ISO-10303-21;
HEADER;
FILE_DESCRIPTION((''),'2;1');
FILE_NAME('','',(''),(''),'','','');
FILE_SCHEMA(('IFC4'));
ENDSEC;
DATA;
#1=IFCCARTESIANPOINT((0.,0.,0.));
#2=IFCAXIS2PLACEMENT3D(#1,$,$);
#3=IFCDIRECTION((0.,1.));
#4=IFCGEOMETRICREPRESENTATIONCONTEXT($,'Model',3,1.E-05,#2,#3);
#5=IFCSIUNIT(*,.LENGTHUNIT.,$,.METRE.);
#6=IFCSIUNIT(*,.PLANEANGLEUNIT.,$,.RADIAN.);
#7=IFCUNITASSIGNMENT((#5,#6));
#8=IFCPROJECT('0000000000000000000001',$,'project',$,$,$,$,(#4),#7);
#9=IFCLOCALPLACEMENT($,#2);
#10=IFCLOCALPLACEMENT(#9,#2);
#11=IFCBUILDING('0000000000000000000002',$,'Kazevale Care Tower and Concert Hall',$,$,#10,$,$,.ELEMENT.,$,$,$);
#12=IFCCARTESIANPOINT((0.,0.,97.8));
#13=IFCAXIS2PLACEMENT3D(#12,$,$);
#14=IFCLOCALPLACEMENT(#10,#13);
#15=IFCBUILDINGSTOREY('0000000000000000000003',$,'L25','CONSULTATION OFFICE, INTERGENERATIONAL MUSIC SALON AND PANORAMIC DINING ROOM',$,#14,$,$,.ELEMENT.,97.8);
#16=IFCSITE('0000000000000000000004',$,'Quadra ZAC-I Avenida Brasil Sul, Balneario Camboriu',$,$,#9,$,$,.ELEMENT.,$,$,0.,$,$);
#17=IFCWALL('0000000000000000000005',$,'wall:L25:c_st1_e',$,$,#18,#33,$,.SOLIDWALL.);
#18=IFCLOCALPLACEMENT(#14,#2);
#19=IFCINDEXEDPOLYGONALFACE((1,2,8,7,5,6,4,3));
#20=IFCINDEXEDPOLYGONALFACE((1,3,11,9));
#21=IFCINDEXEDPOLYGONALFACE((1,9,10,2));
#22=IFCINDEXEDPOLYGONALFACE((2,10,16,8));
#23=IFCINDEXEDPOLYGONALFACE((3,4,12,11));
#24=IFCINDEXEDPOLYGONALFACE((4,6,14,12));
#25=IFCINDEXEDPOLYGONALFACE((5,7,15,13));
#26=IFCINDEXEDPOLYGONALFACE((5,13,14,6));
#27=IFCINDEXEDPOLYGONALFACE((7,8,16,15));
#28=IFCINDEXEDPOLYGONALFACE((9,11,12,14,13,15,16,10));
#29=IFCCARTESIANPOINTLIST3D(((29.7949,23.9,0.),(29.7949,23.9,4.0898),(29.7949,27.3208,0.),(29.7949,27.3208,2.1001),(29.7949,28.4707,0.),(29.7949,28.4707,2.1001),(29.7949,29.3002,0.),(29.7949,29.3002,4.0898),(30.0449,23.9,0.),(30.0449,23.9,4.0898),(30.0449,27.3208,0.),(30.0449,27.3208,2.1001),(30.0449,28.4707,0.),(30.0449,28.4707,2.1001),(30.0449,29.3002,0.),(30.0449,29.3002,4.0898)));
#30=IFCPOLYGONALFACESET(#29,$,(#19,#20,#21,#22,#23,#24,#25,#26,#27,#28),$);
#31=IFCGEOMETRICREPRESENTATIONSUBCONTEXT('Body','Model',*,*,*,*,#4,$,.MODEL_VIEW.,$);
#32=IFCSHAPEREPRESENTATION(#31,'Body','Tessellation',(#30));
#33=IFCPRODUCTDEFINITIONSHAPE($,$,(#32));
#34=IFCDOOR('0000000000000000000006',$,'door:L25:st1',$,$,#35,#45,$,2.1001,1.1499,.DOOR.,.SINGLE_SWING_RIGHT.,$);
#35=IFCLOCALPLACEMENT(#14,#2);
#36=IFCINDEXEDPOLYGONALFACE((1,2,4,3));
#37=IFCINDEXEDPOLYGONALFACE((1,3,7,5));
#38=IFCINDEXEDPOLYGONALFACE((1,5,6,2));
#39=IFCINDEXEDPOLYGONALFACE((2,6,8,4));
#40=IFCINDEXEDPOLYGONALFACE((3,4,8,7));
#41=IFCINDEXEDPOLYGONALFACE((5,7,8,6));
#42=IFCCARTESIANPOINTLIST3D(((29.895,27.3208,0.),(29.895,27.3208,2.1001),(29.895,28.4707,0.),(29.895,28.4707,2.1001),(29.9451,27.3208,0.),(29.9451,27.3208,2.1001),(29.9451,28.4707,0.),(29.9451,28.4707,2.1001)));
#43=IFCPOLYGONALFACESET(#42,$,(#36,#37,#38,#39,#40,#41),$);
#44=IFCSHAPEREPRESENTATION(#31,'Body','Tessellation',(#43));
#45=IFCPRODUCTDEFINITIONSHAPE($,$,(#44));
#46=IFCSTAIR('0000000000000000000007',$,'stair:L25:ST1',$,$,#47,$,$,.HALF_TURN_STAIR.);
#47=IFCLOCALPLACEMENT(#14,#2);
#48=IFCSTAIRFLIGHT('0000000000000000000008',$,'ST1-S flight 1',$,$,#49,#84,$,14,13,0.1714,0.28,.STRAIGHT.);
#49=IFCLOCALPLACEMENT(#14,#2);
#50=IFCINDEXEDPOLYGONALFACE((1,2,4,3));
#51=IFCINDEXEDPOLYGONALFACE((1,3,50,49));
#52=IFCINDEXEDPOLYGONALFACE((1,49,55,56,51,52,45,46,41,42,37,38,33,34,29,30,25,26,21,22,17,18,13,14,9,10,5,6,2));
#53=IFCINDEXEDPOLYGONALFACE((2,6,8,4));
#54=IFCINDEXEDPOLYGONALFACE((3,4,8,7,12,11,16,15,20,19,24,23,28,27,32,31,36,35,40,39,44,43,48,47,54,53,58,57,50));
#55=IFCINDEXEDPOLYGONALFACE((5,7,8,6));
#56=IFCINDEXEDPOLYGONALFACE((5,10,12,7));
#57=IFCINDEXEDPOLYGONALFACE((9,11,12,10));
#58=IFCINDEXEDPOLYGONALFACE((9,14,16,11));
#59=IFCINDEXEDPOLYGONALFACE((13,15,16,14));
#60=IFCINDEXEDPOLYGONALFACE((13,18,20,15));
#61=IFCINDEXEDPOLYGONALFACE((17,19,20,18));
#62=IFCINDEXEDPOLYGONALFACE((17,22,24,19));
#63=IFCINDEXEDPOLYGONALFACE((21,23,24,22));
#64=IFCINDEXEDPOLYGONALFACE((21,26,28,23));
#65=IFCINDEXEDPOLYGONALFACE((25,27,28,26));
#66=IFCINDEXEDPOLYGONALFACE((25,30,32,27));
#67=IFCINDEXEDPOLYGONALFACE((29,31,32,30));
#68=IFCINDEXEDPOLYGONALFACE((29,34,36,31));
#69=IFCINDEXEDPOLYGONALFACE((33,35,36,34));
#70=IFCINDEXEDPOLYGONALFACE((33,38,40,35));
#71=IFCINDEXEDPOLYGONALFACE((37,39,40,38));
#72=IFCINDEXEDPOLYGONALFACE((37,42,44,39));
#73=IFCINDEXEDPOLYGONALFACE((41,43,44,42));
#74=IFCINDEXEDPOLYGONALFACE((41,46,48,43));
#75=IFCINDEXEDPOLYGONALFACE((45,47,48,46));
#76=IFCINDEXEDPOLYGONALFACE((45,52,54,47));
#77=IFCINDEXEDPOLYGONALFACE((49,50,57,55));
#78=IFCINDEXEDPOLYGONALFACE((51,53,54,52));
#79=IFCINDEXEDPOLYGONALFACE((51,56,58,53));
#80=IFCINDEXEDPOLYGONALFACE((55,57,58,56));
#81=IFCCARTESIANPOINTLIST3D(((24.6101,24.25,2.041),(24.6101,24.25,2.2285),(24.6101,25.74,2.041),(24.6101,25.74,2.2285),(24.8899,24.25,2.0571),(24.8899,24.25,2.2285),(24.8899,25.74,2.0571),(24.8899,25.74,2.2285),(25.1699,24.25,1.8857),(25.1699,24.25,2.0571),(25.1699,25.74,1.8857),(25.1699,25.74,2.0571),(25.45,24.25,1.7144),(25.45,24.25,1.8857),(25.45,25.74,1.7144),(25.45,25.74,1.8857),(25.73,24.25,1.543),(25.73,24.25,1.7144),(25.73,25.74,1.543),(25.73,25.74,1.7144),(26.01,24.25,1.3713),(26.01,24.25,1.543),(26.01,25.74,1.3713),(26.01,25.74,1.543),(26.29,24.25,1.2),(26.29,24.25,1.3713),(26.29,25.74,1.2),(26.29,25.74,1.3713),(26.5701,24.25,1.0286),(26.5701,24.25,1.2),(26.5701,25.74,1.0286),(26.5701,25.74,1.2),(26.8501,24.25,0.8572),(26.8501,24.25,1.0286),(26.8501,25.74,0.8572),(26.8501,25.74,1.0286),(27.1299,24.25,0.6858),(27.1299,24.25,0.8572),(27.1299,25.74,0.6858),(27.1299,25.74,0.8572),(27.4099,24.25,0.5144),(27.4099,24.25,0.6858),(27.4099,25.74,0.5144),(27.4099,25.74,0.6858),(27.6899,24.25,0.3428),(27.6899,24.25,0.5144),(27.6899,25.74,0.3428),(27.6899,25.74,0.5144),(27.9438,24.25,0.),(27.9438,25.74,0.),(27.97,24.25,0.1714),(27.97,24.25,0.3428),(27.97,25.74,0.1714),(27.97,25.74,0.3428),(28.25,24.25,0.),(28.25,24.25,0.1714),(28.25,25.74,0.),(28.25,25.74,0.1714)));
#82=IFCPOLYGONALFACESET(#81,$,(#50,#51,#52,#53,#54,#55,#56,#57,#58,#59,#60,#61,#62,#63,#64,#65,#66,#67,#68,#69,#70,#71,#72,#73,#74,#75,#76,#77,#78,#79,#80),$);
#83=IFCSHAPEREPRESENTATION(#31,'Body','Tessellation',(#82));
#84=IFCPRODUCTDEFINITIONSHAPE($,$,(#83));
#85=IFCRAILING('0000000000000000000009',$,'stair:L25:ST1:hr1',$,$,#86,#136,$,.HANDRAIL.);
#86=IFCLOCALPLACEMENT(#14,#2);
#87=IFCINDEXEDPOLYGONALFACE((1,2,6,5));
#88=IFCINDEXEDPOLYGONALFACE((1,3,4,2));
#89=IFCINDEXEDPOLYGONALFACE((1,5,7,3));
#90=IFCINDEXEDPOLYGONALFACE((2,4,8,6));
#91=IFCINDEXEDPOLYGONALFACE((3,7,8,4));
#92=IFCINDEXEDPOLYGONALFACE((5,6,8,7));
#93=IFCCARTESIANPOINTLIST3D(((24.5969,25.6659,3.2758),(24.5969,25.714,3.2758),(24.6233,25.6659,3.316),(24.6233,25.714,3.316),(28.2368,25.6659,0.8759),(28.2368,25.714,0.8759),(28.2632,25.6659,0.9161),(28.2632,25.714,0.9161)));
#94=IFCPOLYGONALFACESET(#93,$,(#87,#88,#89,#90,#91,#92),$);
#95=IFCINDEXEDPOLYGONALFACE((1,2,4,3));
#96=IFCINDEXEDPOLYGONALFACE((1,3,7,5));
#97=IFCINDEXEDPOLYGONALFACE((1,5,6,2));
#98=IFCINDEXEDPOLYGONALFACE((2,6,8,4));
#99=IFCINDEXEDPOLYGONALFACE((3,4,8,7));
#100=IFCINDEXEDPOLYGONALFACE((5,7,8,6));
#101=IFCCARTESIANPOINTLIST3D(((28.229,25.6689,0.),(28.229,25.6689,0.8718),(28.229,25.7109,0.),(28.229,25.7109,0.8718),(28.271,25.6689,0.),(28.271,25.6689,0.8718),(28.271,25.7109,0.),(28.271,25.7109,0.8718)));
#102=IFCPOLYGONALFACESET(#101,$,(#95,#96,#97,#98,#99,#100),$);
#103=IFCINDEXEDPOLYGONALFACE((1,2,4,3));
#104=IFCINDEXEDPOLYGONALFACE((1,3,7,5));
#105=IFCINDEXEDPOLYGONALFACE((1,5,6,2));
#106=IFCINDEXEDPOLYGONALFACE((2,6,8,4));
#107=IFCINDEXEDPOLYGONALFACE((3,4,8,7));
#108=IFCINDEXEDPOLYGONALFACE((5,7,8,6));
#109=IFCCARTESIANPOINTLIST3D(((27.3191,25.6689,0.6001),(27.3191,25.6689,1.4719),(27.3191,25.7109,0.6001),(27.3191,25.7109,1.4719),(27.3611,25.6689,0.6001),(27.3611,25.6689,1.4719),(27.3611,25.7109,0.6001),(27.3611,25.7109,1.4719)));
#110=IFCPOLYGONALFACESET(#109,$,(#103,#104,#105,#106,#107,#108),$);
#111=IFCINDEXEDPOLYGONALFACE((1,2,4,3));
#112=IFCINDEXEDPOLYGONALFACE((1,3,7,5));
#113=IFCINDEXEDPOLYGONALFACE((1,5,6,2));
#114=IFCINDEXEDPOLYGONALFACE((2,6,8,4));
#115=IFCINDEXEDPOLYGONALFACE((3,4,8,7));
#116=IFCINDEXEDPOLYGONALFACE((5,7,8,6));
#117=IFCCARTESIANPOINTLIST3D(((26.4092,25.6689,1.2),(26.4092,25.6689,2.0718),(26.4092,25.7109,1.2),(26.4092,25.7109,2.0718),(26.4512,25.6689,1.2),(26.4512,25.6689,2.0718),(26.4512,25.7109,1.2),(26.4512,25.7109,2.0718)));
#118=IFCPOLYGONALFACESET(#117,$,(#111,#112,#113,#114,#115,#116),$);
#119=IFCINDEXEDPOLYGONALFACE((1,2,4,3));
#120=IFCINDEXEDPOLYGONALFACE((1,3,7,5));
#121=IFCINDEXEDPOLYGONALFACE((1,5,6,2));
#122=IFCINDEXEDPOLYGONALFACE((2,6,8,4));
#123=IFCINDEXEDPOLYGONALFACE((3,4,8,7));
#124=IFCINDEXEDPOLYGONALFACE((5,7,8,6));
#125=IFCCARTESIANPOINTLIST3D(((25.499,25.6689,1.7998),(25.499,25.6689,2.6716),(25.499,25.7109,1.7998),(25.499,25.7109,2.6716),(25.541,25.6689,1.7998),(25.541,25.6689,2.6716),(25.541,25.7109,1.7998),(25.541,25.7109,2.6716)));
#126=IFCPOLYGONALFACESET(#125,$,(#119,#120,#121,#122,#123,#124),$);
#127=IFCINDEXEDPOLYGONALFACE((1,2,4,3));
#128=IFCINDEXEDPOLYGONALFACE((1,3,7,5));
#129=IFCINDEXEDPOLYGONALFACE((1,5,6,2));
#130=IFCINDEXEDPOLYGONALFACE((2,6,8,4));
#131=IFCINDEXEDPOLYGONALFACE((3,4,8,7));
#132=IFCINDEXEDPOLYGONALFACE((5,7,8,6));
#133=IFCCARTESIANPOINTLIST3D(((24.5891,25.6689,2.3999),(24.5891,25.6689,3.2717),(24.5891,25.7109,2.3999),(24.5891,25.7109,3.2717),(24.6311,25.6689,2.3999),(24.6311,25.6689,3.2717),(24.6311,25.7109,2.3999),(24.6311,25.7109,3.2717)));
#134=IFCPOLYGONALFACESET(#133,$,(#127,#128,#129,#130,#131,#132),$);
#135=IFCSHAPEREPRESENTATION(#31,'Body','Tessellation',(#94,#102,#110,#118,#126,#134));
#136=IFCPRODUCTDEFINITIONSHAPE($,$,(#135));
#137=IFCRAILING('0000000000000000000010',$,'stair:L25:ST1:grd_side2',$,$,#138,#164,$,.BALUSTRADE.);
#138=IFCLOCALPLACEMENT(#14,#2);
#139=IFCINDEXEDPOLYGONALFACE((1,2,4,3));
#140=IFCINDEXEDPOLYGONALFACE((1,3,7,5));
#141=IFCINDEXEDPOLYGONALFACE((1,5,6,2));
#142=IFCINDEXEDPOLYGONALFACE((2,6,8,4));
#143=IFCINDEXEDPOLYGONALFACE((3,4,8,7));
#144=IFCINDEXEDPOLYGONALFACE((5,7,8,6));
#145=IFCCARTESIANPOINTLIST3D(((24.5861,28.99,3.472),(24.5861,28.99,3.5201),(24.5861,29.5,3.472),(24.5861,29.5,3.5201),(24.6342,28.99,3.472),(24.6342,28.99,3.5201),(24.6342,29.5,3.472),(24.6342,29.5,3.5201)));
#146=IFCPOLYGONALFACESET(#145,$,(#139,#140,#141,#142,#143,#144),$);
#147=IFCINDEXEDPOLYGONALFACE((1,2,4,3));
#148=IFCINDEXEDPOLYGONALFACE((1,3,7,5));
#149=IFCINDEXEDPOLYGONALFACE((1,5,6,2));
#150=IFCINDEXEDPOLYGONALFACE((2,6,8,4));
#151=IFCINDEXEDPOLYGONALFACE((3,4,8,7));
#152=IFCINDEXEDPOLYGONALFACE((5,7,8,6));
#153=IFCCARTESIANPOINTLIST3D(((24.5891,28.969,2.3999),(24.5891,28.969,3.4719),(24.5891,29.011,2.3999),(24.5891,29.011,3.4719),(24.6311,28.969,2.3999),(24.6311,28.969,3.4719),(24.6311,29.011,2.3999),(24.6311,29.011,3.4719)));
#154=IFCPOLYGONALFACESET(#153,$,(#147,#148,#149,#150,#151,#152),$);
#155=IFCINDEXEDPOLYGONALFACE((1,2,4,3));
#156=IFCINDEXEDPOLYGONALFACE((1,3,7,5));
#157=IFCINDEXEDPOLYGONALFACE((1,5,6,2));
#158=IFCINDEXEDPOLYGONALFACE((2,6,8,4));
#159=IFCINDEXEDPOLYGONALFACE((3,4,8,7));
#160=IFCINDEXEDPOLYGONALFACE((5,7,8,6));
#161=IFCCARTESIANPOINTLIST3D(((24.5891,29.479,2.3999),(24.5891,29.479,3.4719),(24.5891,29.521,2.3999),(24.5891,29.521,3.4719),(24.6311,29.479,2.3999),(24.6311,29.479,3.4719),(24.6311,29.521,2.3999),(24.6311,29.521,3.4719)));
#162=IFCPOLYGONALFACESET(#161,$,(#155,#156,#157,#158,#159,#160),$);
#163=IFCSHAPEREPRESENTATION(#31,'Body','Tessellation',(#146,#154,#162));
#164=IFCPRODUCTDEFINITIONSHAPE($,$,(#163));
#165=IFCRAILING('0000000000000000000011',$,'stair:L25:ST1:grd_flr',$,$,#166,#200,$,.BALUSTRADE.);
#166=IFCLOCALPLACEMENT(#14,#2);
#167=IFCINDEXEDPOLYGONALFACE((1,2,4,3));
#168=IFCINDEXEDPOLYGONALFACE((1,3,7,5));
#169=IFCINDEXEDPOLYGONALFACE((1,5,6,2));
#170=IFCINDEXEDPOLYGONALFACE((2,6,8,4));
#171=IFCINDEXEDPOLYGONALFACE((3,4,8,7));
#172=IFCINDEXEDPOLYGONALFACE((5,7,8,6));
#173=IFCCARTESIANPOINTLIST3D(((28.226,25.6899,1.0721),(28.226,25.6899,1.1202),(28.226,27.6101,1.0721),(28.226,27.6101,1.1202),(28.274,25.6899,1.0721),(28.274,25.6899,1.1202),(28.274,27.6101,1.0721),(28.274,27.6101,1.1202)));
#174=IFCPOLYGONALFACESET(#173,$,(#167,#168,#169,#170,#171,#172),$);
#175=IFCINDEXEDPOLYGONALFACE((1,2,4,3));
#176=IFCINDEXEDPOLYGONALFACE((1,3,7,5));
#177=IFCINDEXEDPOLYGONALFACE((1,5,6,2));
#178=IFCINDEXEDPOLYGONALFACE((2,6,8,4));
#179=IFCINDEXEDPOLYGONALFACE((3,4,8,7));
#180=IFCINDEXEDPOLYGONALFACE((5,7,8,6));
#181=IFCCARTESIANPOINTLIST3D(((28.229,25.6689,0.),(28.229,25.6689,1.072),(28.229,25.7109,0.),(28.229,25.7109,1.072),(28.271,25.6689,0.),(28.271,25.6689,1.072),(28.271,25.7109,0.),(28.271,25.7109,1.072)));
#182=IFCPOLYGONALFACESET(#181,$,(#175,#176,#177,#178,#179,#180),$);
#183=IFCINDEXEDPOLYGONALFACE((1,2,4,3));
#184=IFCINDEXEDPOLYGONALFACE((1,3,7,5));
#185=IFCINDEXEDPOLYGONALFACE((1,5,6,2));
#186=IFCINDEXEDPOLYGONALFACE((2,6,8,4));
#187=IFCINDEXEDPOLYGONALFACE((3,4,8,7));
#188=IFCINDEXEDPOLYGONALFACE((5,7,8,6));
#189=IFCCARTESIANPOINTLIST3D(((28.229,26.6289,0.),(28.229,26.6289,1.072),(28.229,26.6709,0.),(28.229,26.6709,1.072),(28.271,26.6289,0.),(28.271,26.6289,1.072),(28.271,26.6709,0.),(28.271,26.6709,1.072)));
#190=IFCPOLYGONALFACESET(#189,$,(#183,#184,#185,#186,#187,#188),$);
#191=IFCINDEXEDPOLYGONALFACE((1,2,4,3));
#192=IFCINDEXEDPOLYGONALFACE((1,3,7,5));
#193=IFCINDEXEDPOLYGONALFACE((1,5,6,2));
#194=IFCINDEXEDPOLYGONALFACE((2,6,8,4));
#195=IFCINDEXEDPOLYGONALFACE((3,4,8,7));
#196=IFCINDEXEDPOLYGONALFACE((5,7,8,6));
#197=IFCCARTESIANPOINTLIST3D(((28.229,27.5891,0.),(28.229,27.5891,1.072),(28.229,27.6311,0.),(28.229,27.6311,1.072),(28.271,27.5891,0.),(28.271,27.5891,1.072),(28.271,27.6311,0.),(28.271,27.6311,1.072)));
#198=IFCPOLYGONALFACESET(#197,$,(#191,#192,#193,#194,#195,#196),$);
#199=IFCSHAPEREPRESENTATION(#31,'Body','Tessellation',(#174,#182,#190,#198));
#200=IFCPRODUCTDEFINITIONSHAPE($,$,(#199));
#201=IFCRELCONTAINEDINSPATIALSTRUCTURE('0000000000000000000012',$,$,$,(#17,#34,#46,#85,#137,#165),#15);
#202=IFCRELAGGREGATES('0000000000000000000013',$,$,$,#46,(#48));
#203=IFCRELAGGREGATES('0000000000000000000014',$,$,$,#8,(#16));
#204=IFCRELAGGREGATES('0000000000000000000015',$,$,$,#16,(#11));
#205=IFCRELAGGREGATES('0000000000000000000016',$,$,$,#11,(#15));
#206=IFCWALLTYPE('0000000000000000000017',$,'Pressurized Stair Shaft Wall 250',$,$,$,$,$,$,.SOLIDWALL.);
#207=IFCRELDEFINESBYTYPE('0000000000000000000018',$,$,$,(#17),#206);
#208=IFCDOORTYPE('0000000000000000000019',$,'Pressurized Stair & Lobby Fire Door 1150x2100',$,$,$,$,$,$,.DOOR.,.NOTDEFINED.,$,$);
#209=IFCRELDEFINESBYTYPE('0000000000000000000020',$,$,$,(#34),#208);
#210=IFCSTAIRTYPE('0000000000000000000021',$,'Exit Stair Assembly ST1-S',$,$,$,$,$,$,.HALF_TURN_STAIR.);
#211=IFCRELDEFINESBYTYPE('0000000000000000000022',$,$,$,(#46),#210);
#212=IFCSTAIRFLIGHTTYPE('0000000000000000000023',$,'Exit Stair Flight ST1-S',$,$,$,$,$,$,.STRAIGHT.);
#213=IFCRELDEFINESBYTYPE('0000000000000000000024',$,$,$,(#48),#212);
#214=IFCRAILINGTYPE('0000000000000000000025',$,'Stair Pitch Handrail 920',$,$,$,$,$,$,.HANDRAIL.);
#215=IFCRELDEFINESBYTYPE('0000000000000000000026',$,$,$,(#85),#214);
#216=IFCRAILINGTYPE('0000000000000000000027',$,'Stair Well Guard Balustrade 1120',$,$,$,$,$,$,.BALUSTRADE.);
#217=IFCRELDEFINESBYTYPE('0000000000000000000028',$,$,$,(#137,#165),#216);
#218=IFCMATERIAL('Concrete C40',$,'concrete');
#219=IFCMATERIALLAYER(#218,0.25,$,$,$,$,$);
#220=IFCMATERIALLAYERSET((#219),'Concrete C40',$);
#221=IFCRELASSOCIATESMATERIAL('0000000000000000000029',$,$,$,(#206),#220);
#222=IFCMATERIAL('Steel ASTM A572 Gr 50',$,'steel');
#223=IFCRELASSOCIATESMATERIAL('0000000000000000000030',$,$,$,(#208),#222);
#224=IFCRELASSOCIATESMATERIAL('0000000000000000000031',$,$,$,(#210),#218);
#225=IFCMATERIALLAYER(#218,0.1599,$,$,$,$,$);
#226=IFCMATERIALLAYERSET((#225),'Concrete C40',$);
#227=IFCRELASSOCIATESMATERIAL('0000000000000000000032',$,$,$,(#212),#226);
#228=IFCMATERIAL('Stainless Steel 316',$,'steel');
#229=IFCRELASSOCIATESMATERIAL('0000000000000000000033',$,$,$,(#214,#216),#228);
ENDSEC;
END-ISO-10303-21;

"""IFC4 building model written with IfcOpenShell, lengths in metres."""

from ifc_helpers import new_model, si_unit, direction, frame, frame_2d, origin, origin_2d, place, context, subcontext, project, spatial, polyline, rectangle, outline, extrude, material, layer, layer_set, type_object, element, fill, aggregate, save


model = new_model("IFC4")

# Units and contexts
model_context = context("Model", 3, precision=1e-05, world=origin(), true_north=direction((0.0, 1.0)))
body_context = subcontext(model_context, "Body", "Model", "MODEL_VIEW")
ifc_project = project(units=[si_unit("LENGTHUNIT", "METRE"), si_unit("PLANEANGLEUNIT", "RADIAN")], contexts=[model_context])

# Site, building, storey
site_placement = place(None, origin())
site = spatial("IfcSite", under=ifc_project, at=site_placement, Name="Quadra ZAC-I Avenida Brasil Sul, Balneario Camboriu", CompositionType="ELEMENT", RefElevation=0.0)
building_placement = place(site_placement, origin())
building = spatial("IfcBuilding", under=site, at=building_placement, Name="Kazevale Care Tower and Concert Hall", CompositionType="ELEMENT")
storey_placement = place(building_placement, frame((0.0, 0.0, 97.8)))
storey = spatial("IfcBuildingStorey", under=building, at=storey_placement, Name="L25", Description="CONSULTATION OFFICE, INTERGENERATIONAL MUSIC SALON AND PANORAMIC DINING ROOM", CompositionType="ELEMENT", Elevation=97.8)

# Shared definitions
ifc_material_1 = material(Name="Steel ASTM A572 Gr 50", Category="steel")

# Shared definitions
ifc_material_2 = material(Name="Concrete C40", Category="concrete")
ifc_material_3 = material(Name="Stainless Steel 316", Category="steel")

# Wall, opening, door
ifc_layer_1 = layer(ifc_material_2, 0.25)
ifc_layer_set_1 = layer_set([ifc_layer_1], Name="Concrete C40")
wall_type_1 = type_object("IfcWallType", Name="Pressurized Stair Shaft Wall 250", PredefinedType="SOLIDWALL", material=ifc_layer_set_1)
wall_1_placement = place(storey_placement, frame((29.9199, 23.8999, 0.0), z_axis=(0.0, 0.0, 1.0), x_axis=(0.0, 1.0, 0.0)))
wall_1 = element("IfcWall", 1, at=wall_1_placement, inside=storey, type_object=wall_type_1, Name="wall:L25:c_st1_e", PredefinedType="SOLIDWALL", context=body_context, shape_type="SweptSolid", body=[
    extrude(rectangle(XDim=5.4001, YDim=0.25, at=frame_2d((2.7002, 0.0))), origin(), (0.0, 0.0, 1.0), 4.0898),
])
opening_1_placement = place(wall_1_placement, frame((3.4209, 0.0, 0.0)))
opening_1 = element("IfcOpeningElement", 2, at=opening_1_placement, cuts=wall_1, PredefinedType="OPENING", context=body_context, shape_type="SweptSolid", body=[
    extrude(rectangle(XDim=1.1499, YDim=2.1001, at=frame_2d((0.575, 1.05))), frame((0.0, 0.135, 0.0), z_axis=(0.0, -1.0, 0.0), x_axis=(1.0, 0.0, 0.0)), (0.0, 0.0, 1.0), 0.27),
])
door_type_1 = type_object("IfcDoorType", Name="Pressurized Stair & Lobby Fire Door 1150x2100", OperationType="NOTDEFINED", PredefinedType="DOOR", material=ifc_material_1)
door_1_placement = place(opening_1_placement, origin())
door_1 = element("IfcDoor", 3, at=door_1_placement, inside=storey, type_object=door_type_1, Name="door:L25:st1", OperationType="SINGLE_SWING_RIGHT", OverallHeight=2.1001, OverallWidth=1.1499, PredefinedType="DOOR", context=body_context, shape_type="SweptSolid", body=[
    extrude(rectangle(XDim=1.1499, YDim=2.1001, at=frame_2d((0.575, 1.05))), frame((0.0, 0.0249, 0.0), z_axis=(0.0, -1.0, 0.0), x_axis=(1.0, 0.0, 0.0)), (0.0, 0.0, 1.0), 0.05),
])
fill(opening_1, door_1)

# Stair, stair flight
stair_type = type_object("IfcStairType", Name="Exit Stair Assembly ST1-S", PredefinedType="HALF_TURN_STAIR", material=ifc_material_2)
stair_placement = place(storey_placement, origin())
stair = element("IfcStair", 4, at=stair_placement, inside=storey, type_object=stair_type, Name="stair:L25:ST1", PredefinedType="HALF_TURN_STAIR")
ifc_layer_2 = layer(ifc_material_2, 0.1599)
ifc_layer_set_2 = layer_set([ifc_layer_2], Name="Concrete C40")
stair_flight_type = type_object("IfcStairFlightType", Name="Exit Stair Flight ST1-S", PredefinedType="STRAIGHT", material=ifc_layer_set_2)
stair_flight_placement = place(storey_placement, frame((28.25, 24.9951, 0.0), z_axis=(0.0, 0.0, 1.0), x_axis=(-1.0, 0.0, 0.0)))
stair_flight = element("IfcStairFlight", 5, at=stair_flight_placement, type_object=stair_flight_type, Name="ST1-S flight 1", NumberOfRisers=14, NumberOfTreads=13, PredefinedType="STRAIGHT", RiserHeight=0.1714, TreadLength=0.28, context=body_context, shape_type="SweptSolid", body=[
    extrude(outline(polyline([(0.0, 0.0), (0.0, 0.1714), (0.28, 0.1714), (0.28, 0.3428), (0.5601, 0.3428), (0.5601, 0.5144), (0.8401, 0.5144), (0.8401, 0.6858), (1.1201, 0.6858), (1.1201, 0.8572), (1.3999, 0.8572), (1.3999, 1.0286), (1.6799, 1.0286), (1.6799, 1.2), (1.96, 1.2), (1.96, 1.3713), (2.24, 1.3713), (2.24, 1.543), (2.52, 1.543), (2.52, 1.7144), (2.8, 1.7144), (2.8, 1.8857), (3.0801, 1.8857), (3.0801, 2.0571), (3.3601, 2.0571), (3.3601, 2.2285), (3.6399, 2.2285), (3.6399, 2.3999), (3.6399, 2.041), (0.3062, 0.0), (0.0, 0.0)])), frame((0.0, 0.7451, 0.0), z_axis=(0.0, -1.0, 0.0), x_axis=(1.0, 0.0, 0.0)), (0.0, 0.0, 1.0), 1.49),
])
aggregate(stair, [stair_flight])

# Railings
railing_type_1 = type_object("IfcRailingType", Name="Stair Pitch Handrail 920", PredefinedType="HANDRAIL", material=ifc_material_3)
railing_1_placement = place(storey_placement, frame((28.25, 25.6899, 0.0)))
element("IfcRailing", 6, at=railing_1_placement, inside=storey, type_object=railing_type_1, Name="stair:L25:ST1:hr1", PredefinedType="HANDRAIL", context=body_context, shape_type="SweptSolid", body=[
    extrude(rectangle(XDim=0.0481, YDim=0.0481, at=origin_2d()), frame((0.0, 0.0, 0.896), z_axis=(-0.834865, 0.0, 0.550454), x_axis=(0.0, -1.0, 0.0)), (0.0, 0.0, 1.0), 4.3599),
    extrude(rectangle(XDim=0.042, YDim=0.042, at=origin_2d()), origin(), (0.0, 0.0, 1.0), 0.8718),
    extrude(rectangle(XDim=0.042, YDim=0.042, at=origin_2d()), frame((-0.9099, 0.0, 0.6001)), (0.0, 0.0, 1.0), 0.8718),
    extrude(rectangle(XDim=0.042, YDim=0.042, at=origin_2d()), frame((-1.8198, 0.0, 1.2)), (0.0, 0.0, 1.0), 0.8718),
    extrude(rectangle(XDim=0.042, YDim=0.042, at=origin_2d()), frame((-2.73, 0.0, 1.7998)), (0.0, 0.0, 1.0), 0.8718),
    extrude(rectangle(XDim=0.042, YDim=0.042, at=origin_2d()), frame((-3.6399, 0.0, 2.3999)), (0.0, 0.0, 1.0), 0.8718),
])
railing_type_2 = type_object("IfcRailingType", Name="Stair Well Guard Balustrade 1120", PredefinedType="BALUSTRADE", material=ifc_material_3)
railing_2_placement = place(storey_placement, frame((24.6101, 28.99, 2.3999)))
element("IfcRailing", 7, at=railing_2_placement, inside=storey, type_object=railing_type_2, Name="stair:L25:ST1:grd_side2", PredefinedType="BALUSTRADE", context=body_context, shape_type="SweptSolid", body=[
    extrude(rectangle(XDim=0.0481, YDim=0.0481, at=origin_2d()), frame((0.0, 0.0, 1.0962), z_axis=(0.0, 1.0, 0.0), x_axis=(-1.0, 0.0, 0.0)), (0.0, 0.0, 1.0), 0.51),
    extrude(rectangle(XDim=0.042, YDim=0.042, at=origin_2d()), origin(), (0.0, 0.0, 1.0), 1.072),
    extrude(rectangle(XDim=0.042, YDim=0.042, at=origin_2d()), frame((0.0, 0.51, 0.0)), (0.0, 0.0, 1.0), 1.072),
])
railing_3_placement = place(storey_placement, frame((28.25, 25.6899, 0.0)))
element("IfcRailing", 8, at=railing_3_placement, inside=storey, type_object=railing_type_2, Name="stair:L25:ST1:grd_flr", PredefinedType="BALUSTRADE", context=body_context, shape_type="SweptSolid", body=[
    extrude(rectangle(XDim=0.0481, YDim=0.0481, at=origin_2d()), frame((0.0, 0.0, 1.0962), z_axis=(0.0, 1.0, 0.0), x_axis=(-1.0, 0.0, 0.0)), (0.0, 0.0, 1.0), 1.9202),
    extrude(rectangle(XDim=0.042, YDim=0.042, at=origin_2d()), origin(), (0.0, 0.0, 1.0), 1.072),
    extrude(rectangle(XDim=0.042, YDim=0.042, at=origin_2d()), frame((0.0, 0.96, 0.0)), (0.0, 0.0, 1.0), 1.072),
    extrude(rectangle(XDim=0.042, YDim=0.042, at=origin_2d()), frame((0.0, 1.9202, 0.0)), (0.0, 0.0, 1.0), 1.072),
])

save(model, "model.ifc")
